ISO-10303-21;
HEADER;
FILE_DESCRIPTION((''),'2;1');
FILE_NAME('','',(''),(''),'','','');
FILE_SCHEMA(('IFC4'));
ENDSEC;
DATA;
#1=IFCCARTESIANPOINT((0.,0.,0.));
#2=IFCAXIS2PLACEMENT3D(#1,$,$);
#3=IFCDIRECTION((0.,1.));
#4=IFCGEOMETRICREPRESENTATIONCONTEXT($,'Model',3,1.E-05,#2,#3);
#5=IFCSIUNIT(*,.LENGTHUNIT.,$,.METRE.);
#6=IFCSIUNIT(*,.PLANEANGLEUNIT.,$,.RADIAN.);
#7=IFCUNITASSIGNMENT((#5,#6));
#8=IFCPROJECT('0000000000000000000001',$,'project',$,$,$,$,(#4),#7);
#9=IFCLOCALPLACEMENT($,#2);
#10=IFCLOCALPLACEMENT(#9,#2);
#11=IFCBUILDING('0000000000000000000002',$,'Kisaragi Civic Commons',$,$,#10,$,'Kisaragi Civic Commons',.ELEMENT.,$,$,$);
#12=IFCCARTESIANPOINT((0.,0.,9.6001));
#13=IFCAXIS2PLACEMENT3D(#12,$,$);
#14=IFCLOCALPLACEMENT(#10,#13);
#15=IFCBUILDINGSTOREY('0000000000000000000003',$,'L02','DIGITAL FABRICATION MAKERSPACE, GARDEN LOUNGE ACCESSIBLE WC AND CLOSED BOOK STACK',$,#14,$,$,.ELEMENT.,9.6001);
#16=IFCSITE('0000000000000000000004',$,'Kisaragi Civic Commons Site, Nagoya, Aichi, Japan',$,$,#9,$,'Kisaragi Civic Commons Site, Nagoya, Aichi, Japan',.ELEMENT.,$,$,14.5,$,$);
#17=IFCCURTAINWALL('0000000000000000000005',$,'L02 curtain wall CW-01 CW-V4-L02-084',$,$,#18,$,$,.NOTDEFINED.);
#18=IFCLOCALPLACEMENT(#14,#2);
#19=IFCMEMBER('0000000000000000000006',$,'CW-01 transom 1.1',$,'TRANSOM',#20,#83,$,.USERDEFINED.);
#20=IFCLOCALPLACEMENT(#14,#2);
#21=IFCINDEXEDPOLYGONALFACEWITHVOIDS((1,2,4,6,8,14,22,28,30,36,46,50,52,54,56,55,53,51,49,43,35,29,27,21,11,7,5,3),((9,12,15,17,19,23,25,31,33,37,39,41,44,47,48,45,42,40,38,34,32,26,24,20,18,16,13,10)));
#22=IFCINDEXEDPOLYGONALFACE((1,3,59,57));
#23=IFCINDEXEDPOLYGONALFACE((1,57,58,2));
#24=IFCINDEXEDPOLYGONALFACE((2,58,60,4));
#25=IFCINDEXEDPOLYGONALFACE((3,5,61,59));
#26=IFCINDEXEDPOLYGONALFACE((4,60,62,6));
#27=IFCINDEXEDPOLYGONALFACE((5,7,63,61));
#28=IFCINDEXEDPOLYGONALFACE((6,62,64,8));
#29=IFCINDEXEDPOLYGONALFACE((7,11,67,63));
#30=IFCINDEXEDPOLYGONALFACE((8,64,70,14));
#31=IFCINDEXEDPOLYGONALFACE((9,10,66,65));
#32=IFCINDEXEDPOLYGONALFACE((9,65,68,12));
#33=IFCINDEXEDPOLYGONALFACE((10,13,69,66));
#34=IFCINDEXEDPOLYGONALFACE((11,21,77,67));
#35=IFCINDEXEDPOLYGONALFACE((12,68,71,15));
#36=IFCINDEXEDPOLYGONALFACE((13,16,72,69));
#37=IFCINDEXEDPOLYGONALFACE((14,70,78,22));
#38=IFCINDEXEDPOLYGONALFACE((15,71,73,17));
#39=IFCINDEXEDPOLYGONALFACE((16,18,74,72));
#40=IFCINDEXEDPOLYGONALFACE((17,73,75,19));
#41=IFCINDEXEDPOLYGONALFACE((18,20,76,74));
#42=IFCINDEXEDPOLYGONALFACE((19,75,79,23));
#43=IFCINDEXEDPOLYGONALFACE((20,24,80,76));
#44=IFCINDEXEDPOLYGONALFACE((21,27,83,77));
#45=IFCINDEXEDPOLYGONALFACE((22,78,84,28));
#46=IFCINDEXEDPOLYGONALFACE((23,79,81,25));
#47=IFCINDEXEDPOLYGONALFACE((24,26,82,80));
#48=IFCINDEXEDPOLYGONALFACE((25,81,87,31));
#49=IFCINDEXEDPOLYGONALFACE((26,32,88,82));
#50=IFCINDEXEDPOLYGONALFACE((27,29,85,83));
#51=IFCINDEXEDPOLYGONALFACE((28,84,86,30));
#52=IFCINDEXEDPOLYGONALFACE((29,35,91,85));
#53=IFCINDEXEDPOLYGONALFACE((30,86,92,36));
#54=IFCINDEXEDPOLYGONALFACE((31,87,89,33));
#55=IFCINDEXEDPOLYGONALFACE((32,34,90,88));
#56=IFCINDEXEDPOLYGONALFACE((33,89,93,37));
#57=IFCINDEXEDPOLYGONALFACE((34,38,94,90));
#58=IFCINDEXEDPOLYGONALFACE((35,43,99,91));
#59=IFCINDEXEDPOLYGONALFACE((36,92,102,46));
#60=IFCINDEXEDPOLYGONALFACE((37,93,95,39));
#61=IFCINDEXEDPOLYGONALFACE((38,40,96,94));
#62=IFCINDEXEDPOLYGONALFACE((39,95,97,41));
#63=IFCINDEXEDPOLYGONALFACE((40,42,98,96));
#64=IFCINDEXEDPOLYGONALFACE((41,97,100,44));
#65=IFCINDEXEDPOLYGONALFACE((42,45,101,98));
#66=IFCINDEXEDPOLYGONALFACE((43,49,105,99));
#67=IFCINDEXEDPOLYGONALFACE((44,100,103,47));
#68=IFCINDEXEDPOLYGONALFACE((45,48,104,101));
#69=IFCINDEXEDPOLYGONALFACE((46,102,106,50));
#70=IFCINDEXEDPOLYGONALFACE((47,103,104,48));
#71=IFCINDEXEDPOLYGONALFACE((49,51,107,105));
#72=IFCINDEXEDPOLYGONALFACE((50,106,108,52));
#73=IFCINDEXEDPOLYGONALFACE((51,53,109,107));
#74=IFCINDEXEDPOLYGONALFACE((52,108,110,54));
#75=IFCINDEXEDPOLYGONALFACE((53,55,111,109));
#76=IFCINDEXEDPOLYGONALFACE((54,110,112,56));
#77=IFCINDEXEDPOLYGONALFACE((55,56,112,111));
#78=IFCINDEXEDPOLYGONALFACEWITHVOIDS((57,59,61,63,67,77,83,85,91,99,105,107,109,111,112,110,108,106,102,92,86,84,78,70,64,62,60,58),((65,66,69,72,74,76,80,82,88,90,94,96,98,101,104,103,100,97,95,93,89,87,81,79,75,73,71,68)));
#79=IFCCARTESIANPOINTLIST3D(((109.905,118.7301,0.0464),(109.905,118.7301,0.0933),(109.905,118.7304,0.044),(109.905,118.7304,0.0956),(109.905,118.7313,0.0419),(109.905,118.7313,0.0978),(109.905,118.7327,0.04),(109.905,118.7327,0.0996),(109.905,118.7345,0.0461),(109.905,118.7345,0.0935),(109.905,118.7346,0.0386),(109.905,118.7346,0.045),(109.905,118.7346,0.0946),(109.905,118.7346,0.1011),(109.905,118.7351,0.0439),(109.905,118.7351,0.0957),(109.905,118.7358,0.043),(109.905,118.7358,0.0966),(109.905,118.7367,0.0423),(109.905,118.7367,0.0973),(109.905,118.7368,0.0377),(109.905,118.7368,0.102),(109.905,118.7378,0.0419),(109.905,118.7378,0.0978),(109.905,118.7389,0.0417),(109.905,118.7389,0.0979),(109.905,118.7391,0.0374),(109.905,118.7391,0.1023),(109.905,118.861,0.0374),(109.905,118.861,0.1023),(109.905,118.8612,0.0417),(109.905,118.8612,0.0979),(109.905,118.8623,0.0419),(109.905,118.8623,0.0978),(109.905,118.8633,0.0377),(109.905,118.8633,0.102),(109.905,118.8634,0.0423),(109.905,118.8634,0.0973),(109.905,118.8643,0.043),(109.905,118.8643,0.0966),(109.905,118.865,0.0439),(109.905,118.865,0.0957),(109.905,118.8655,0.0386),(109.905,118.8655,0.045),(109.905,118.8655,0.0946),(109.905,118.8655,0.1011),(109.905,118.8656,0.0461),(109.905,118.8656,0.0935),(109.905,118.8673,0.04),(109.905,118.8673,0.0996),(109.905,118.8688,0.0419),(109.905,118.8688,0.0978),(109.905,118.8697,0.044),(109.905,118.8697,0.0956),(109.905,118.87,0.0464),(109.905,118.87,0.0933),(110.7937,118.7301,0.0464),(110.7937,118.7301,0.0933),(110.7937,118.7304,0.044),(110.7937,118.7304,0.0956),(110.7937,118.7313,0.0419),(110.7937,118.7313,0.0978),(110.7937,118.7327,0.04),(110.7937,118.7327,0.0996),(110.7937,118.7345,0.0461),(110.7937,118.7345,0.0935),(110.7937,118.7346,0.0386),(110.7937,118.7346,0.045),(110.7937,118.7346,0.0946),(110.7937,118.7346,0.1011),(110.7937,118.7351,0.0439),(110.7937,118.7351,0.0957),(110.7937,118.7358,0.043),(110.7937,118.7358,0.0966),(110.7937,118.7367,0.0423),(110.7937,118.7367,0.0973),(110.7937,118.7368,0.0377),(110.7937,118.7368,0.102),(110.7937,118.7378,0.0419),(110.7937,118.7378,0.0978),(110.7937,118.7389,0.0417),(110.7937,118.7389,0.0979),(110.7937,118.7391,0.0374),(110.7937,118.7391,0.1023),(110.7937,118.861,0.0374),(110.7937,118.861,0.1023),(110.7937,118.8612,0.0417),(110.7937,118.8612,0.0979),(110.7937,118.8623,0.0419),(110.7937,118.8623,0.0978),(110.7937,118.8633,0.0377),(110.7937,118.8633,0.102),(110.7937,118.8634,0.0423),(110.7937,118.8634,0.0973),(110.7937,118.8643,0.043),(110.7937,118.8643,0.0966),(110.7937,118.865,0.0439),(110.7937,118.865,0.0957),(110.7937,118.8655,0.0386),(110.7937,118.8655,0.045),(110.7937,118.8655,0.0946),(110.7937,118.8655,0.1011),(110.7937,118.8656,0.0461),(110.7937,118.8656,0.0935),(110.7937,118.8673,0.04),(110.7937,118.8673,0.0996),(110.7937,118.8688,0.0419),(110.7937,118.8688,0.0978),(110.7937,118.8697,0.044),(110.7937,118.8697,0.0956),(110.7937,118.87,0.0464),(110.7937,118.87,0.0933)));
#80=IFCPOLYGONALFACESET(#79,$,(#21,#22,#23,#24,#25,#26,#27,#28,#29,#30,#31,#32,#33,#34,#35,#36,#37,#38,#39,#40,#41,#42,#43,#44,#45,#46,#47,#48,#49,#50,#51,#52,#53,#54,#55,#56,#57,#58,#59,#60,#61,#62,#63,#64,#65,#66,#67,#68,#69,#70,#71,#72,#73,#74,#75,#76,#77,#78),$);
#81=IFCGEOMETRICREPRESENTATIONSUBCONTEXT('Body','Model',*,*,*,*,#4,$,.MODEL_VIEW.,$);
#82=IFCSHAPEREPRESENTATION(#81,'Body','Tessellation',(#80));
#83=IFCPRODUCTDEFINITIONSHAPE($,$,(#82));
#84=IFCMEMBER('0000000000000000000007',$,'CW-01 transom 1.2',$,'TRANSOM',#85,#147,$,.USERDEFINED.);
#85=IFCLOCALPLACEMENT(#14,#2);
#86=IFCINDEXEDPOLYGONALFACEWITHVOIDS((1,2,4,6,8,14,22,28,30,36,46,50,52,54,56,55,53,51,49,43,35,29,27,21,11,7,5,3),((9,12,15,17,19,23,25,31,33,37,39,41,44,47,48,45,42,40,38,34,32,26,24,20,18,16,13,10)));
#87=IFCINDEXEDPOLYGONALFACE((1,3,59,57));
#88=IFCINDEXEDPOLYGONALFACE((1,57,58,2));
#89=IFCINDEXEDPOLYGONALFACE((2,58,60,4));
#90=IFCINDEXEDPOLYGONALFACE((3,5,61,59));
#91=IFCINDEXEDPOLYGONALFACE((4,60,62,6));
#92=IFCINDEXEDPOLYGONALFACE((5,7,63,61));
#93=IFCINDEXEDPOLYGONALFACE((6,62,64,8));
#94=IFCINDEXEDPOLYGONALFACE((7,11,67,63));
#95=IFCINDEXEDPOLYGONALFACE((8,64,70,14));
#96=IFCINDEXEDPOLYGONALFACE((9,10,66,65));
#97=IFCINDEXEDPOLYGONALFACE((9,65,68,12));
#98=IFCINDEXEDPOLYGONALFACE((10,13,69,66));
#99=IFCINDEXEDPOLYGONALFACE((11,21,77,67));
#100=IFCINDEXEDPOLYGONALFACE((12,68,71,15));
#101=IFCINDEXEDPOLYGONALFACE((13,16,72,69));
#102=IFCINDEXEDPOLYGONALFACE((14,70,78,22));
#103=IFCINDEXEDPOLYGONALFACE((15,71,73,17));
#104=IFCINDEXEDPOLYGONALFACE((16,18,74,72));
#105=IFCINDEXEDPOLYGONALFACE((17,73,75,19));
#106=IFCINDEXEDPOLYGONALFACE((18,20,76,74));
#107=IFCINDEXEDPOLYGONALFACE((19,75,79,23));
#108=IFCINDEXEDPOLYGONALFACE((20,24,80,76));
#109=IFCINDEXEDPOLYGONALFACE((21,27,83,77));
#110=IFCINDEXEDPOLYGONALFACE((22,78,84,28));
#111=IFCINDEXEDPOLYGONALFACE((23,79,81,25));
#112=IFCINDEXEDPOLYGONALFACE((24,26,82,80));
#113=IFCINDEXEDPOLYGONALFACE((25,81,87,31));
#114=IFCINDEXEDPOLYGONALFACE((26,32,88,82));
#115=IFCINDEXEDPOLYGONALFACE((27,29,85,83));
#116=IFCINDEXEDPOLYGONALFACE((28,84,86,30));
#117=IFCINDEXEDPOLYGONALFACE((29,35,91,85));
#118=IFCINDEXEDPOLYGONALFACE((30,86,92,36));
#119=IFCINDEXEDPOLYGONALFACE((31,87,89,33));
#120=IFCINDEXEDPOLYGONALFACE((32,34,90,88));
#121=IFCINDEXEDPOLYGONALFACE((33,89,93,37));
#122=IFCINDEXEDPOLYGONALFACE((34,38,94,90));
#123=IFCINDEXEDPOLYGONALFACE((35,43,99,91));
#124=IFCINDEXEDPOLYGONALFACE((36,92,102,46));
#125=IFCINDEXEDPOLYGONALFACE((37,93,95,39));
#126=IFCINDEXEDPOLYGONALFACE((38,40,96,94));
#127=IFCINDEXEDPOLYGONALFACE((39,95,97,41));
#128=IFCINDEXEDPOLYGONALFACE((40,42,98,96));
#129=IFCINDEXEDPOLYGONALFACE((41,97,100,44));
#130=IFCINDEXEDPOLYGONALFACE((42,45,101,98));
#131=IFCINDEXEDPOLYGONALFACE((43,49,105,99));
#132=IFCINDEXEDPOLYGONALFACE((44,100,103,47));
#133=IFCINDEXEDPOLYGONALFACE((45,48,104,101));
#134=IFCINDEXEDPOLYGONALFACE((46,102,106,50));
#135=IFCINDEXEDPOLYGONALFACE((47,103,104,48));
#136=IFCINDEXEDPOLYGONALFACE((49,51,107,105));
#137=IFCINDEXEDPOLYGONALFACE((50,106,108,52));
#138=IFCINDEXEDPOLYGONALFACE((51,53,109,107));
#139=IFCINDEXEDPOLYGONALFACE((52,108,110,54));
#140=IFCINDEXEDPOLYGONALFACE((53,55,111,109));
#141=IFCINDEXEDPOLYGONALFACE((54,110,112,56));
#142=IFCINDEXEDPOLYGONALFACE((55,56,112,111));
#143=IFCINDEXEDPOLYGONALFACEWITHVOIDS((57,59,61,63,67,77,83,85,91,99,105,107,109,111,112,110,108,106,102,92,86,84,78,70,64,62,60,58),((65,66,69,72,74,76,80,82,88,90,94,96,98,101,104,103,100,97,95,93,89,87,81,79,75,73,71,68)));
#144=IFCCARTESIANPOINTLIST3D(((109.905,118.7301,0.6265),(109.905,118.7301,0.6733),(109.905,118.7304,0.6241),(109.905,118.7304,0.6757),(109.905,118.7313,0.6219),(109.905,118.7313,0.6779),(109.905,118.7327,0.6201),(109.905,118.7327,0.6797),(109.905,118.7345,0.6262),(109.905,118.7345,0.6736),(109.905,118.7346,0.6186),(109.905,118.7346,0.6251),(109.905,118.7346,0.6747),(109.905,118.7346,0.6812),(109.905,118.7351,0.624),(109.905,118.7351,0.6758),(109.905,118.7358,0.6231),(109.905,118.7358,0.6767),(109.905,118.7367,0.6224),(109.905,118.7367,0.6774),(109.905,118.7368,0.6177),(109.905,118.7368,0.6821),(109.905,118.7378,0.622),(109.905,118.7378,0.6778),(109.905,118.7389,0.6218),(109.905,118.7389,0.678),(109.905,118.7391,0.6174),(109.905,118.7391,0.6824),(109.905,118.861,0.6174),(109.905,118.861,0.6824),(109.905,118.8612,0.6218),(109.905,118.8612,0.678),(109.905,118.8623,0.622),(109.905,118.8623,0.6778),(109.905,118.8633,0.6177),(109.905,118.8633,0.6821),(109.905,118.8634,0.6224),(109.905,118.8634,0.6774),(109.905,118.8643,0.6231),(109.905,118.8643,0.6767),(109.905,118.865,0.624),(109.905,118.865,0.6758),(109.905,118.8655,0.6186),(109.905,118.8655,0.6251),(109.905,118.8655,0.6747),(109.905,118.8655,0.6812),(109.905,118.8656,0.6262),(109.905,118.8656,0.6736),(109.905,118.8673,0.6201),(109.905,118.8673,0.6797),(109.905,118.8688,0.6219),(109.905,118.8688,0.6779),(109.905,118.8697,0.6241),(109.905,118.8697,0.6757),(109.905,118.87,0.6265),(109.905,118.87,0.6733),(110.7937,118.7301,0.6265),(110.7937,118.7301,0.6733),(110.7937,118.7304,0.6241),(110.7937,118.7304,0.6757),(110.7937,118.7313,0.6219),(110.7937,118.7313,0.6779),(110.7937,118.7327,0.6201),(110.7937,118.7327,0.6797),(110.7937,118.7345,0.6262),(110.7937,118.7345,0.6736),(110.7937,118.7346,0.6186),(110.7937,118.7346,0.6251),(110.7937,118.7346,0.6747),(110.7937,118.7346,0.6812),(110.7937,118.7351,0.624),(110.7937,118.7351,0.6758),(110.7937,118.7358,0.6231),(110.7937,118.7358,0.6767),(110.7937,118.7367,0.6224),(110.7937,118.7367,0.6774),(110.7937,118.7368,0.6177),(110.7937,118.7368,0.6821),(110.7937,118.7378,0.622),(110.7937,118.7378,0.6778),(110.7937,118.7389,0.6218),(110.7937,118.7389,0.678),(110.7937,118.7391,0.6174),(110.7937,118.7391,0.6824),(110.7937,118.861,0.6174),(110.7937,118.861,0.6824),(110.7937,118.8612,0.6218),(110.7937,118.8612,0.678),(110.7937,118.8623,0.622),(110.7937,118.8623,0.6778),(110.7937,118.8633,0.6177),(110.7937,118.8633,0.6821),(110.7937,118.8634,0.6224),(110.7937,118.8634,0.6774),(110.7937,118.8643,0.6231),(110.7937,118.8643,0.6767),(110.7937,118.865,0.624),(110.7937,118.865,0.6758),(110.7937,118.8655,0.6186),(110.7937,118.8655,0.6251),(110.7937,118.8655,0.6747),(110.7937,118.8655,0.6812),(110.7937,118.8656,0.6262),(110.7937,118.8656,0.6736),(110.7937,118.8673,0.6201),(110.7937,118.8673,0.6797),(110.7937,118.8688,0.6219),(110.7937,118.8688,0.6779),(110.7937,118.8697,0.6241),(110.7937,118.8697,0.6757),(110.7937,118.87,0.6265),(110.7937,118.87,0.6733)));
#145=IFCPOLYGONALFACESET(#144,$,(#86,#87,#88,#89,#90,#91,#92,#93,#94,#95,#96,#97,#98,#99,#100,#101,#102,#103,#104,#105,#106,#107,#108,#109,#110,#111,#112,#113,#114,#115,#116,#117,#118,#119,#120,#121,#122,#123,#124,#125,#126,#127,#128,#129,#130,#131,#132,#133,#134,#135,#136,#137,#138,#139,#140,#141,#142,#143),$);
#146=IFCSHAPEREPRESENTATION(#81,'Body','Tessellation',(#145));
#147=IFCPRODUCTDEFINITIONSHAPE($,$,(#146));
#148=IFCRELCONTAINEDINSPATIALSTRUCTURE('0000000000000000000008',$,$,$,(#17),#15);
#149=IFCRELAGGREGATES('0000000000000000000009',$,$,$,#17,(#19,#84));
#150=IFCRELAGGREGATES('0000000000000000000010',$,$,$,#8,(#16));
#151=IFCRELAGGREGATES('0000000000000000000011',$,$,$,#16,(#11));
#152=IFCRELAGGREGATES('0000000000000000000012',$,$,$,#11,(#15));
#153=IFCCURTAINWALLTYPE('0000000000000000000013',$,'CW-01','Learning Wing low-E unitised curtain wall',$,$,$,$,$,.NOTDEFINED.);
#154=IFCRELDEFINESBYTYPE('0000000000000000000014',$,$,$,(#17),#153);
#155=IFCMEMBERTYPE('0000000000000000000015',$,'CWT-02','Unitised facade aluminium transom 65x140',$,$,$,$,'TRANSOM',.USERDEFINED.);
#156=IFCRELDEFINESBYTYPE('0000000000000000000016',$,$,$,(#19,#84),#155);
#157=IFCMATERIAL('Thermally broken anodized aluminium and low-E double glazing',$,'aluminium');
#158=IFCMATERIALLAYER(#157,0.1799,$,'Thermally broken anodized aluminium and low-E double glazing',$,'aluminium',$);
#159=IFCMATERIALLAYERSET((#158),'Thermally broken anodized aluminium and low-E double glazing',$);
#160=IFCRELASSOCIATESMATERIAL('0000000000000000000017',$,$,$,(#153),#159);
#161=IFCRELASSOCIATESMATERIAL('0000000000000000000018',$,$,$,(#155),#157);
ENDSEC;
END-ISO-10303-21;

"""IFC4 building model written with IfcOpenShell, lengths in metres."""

from ifc_helpers import new_model, si_unit, direction, frame, origin, origin_2d, place, context, subcontext, project, spatial, hollow_rectangle, extrude, material, layer, layer_set, material_profile, profile_set, type_object, element, aggregate, save


model = new_model("IFC4")

# Units and contexts
model_context = context("Model", 3, precision=1e-05, world=origin(), true_north=direction((0.0, 1.0)))
body_context = subcontext(model_context, "Body", "Model", "MODEL_VIEW")
ifc_project = project(units=[si_unit("LENGTHUNIT", "METRE"), si_unit("PLANEANGLEUNIT", "RADIAN")], contexts=[model_context])

# Site, building, storey
site_placement = place(None, origin())
site = spatial("IfcSite", under=ifc_project, at=site_placement, Name="Kisaragi Civic Commons Site, Nagoya, Aichi, Japan", LongName="Kisaragi Civic Commons Site, Nagoya, Aichi, Japan", CompositionType="ELEMENT", RefElevation=14.5)
building_placement = place(site_placement, origin())
building = spatial("IfcBuilding", under=site, at=building_placement, Name="Kisaragi Civic Commons", LongName="Kisaragi Civic Commons", CompositionType="ELEMENT")
storey_placement = place(building_placement, frame((0.0, 0.0, 9.6001)))
storey = spatial("IfcBuildingStorey", under=building, at=storey_placement, Name="L02", Description="DIGITAL FABRICATION MAKERSPACE, GARDEN LOUNGE ACCESSIBLE WC AND CLOSED BOOK STACK", CompositionType="ELEMENT", Elevation=9.6001)

# Curtain wall
ifc_material = material(Name="Thermally broken anodized aluminium and low-E double glazing", Category="aluminium")
ifc_layer_1 = layer(ifc_material, 0.1799, Name="Thermally broken anodized aluminium and low-E double glazing", Category="aluminium")
ifc_layer_set_1 = layer_set([ifc_layer_1], Name="Thermally broken anodized aluminium and low-E double glazing")
curtain_wall_type = type_object("IfcCurtainWallType", Name="CW-01", Description="Learning Wing low-E unitised curtain wall", PredefinedType="NOTDEFINED", material=ifc_layer_set_1)
curtain_wall_1_placement = place(storey_placement, origin())
curtain_wall_1 = element("IfcCurtainWall", 1, at=curtain_wall_1_placement, inside=storey, type_object=curtain_wall_type, Name="L02 curtain wall CW-01 CW-V4-L02-084", PredefinedType="NOTDEFINED")

# Members
ifc_material_profile_1 = material_profile(ifc_material, hollow_rectangle(XDim=0.1399, YDim=0.0649, WallThickness=0.0044, InnerFilletRadius=0.0044, OuterFilletRadius=0.009, at=origin_2d()), Name="CWT-65x140x4.5", Category="aluminium")
ifc_profile_set_1 = profile_set([ifc_material_profile_1], Name="Thermally broken anodized aluminium and low-E double glazing")
member_type_1 = type_object("IfcMemberType", Name="CWT-02", Description="Unitised facade aluminium transom 65x140", ElementType="TRANSOM", PredefinedType="USERDEFINED", material=ifc_profile_set_1)
member_1_placement = place(storey_placement, frame((109.905, 118.8, 0.0698), z_axis=(1.0, 0.0, 0.0), x_axis=(0.0, 1.0, 0.0)))
member_1 = element("IfcMember", 2, at=member_1_placement, type_object=member_type_1, Name="CW-01 transom 1.1", ObjectType="TRANSOM", PredefinedType="USERDEFINED", context=body_context, shape_type="SweptSolid", body=[
    extrude(hollow_rectangle(XDim=0.1399, YDim=0.0649, WallThickness=0.0044, InnerFilletRadius=0.0044, OuterFilletRadius=0.009, at=origin_2d()), origin(), (0.0, 0.0, 1.0), 0.8887),
])
member_2_placement = place(storey_placement, frame((109.905, 118.8, 0.6499), z_axis=(1.0, 0.0, 0.0), x_axis=(0.0, 1.0, 0.0)))
member_2 = element("IfcMember", 3, at=member_2_placement, type_object=member_type_1, Name="CW-01 transom 1.2", ObjectType="TRANSOM", PredefinedType="USERDEFINED", context=body_context, shape_type="SweptSolid", body=[
    extrude(hollow_rectangle(XDim=0.1399, YDim=0.0649, WallThickness=0.0044, InnerFilletRadius=0.0044, OuterFilletRadius=0.009, at=origin_2d()), origin(), (0.0, 0.0, 1.0), 0.8887),
])

aggregate(curtain_wall_1, [member_1, member_2])

save(model, "model.ifc")
